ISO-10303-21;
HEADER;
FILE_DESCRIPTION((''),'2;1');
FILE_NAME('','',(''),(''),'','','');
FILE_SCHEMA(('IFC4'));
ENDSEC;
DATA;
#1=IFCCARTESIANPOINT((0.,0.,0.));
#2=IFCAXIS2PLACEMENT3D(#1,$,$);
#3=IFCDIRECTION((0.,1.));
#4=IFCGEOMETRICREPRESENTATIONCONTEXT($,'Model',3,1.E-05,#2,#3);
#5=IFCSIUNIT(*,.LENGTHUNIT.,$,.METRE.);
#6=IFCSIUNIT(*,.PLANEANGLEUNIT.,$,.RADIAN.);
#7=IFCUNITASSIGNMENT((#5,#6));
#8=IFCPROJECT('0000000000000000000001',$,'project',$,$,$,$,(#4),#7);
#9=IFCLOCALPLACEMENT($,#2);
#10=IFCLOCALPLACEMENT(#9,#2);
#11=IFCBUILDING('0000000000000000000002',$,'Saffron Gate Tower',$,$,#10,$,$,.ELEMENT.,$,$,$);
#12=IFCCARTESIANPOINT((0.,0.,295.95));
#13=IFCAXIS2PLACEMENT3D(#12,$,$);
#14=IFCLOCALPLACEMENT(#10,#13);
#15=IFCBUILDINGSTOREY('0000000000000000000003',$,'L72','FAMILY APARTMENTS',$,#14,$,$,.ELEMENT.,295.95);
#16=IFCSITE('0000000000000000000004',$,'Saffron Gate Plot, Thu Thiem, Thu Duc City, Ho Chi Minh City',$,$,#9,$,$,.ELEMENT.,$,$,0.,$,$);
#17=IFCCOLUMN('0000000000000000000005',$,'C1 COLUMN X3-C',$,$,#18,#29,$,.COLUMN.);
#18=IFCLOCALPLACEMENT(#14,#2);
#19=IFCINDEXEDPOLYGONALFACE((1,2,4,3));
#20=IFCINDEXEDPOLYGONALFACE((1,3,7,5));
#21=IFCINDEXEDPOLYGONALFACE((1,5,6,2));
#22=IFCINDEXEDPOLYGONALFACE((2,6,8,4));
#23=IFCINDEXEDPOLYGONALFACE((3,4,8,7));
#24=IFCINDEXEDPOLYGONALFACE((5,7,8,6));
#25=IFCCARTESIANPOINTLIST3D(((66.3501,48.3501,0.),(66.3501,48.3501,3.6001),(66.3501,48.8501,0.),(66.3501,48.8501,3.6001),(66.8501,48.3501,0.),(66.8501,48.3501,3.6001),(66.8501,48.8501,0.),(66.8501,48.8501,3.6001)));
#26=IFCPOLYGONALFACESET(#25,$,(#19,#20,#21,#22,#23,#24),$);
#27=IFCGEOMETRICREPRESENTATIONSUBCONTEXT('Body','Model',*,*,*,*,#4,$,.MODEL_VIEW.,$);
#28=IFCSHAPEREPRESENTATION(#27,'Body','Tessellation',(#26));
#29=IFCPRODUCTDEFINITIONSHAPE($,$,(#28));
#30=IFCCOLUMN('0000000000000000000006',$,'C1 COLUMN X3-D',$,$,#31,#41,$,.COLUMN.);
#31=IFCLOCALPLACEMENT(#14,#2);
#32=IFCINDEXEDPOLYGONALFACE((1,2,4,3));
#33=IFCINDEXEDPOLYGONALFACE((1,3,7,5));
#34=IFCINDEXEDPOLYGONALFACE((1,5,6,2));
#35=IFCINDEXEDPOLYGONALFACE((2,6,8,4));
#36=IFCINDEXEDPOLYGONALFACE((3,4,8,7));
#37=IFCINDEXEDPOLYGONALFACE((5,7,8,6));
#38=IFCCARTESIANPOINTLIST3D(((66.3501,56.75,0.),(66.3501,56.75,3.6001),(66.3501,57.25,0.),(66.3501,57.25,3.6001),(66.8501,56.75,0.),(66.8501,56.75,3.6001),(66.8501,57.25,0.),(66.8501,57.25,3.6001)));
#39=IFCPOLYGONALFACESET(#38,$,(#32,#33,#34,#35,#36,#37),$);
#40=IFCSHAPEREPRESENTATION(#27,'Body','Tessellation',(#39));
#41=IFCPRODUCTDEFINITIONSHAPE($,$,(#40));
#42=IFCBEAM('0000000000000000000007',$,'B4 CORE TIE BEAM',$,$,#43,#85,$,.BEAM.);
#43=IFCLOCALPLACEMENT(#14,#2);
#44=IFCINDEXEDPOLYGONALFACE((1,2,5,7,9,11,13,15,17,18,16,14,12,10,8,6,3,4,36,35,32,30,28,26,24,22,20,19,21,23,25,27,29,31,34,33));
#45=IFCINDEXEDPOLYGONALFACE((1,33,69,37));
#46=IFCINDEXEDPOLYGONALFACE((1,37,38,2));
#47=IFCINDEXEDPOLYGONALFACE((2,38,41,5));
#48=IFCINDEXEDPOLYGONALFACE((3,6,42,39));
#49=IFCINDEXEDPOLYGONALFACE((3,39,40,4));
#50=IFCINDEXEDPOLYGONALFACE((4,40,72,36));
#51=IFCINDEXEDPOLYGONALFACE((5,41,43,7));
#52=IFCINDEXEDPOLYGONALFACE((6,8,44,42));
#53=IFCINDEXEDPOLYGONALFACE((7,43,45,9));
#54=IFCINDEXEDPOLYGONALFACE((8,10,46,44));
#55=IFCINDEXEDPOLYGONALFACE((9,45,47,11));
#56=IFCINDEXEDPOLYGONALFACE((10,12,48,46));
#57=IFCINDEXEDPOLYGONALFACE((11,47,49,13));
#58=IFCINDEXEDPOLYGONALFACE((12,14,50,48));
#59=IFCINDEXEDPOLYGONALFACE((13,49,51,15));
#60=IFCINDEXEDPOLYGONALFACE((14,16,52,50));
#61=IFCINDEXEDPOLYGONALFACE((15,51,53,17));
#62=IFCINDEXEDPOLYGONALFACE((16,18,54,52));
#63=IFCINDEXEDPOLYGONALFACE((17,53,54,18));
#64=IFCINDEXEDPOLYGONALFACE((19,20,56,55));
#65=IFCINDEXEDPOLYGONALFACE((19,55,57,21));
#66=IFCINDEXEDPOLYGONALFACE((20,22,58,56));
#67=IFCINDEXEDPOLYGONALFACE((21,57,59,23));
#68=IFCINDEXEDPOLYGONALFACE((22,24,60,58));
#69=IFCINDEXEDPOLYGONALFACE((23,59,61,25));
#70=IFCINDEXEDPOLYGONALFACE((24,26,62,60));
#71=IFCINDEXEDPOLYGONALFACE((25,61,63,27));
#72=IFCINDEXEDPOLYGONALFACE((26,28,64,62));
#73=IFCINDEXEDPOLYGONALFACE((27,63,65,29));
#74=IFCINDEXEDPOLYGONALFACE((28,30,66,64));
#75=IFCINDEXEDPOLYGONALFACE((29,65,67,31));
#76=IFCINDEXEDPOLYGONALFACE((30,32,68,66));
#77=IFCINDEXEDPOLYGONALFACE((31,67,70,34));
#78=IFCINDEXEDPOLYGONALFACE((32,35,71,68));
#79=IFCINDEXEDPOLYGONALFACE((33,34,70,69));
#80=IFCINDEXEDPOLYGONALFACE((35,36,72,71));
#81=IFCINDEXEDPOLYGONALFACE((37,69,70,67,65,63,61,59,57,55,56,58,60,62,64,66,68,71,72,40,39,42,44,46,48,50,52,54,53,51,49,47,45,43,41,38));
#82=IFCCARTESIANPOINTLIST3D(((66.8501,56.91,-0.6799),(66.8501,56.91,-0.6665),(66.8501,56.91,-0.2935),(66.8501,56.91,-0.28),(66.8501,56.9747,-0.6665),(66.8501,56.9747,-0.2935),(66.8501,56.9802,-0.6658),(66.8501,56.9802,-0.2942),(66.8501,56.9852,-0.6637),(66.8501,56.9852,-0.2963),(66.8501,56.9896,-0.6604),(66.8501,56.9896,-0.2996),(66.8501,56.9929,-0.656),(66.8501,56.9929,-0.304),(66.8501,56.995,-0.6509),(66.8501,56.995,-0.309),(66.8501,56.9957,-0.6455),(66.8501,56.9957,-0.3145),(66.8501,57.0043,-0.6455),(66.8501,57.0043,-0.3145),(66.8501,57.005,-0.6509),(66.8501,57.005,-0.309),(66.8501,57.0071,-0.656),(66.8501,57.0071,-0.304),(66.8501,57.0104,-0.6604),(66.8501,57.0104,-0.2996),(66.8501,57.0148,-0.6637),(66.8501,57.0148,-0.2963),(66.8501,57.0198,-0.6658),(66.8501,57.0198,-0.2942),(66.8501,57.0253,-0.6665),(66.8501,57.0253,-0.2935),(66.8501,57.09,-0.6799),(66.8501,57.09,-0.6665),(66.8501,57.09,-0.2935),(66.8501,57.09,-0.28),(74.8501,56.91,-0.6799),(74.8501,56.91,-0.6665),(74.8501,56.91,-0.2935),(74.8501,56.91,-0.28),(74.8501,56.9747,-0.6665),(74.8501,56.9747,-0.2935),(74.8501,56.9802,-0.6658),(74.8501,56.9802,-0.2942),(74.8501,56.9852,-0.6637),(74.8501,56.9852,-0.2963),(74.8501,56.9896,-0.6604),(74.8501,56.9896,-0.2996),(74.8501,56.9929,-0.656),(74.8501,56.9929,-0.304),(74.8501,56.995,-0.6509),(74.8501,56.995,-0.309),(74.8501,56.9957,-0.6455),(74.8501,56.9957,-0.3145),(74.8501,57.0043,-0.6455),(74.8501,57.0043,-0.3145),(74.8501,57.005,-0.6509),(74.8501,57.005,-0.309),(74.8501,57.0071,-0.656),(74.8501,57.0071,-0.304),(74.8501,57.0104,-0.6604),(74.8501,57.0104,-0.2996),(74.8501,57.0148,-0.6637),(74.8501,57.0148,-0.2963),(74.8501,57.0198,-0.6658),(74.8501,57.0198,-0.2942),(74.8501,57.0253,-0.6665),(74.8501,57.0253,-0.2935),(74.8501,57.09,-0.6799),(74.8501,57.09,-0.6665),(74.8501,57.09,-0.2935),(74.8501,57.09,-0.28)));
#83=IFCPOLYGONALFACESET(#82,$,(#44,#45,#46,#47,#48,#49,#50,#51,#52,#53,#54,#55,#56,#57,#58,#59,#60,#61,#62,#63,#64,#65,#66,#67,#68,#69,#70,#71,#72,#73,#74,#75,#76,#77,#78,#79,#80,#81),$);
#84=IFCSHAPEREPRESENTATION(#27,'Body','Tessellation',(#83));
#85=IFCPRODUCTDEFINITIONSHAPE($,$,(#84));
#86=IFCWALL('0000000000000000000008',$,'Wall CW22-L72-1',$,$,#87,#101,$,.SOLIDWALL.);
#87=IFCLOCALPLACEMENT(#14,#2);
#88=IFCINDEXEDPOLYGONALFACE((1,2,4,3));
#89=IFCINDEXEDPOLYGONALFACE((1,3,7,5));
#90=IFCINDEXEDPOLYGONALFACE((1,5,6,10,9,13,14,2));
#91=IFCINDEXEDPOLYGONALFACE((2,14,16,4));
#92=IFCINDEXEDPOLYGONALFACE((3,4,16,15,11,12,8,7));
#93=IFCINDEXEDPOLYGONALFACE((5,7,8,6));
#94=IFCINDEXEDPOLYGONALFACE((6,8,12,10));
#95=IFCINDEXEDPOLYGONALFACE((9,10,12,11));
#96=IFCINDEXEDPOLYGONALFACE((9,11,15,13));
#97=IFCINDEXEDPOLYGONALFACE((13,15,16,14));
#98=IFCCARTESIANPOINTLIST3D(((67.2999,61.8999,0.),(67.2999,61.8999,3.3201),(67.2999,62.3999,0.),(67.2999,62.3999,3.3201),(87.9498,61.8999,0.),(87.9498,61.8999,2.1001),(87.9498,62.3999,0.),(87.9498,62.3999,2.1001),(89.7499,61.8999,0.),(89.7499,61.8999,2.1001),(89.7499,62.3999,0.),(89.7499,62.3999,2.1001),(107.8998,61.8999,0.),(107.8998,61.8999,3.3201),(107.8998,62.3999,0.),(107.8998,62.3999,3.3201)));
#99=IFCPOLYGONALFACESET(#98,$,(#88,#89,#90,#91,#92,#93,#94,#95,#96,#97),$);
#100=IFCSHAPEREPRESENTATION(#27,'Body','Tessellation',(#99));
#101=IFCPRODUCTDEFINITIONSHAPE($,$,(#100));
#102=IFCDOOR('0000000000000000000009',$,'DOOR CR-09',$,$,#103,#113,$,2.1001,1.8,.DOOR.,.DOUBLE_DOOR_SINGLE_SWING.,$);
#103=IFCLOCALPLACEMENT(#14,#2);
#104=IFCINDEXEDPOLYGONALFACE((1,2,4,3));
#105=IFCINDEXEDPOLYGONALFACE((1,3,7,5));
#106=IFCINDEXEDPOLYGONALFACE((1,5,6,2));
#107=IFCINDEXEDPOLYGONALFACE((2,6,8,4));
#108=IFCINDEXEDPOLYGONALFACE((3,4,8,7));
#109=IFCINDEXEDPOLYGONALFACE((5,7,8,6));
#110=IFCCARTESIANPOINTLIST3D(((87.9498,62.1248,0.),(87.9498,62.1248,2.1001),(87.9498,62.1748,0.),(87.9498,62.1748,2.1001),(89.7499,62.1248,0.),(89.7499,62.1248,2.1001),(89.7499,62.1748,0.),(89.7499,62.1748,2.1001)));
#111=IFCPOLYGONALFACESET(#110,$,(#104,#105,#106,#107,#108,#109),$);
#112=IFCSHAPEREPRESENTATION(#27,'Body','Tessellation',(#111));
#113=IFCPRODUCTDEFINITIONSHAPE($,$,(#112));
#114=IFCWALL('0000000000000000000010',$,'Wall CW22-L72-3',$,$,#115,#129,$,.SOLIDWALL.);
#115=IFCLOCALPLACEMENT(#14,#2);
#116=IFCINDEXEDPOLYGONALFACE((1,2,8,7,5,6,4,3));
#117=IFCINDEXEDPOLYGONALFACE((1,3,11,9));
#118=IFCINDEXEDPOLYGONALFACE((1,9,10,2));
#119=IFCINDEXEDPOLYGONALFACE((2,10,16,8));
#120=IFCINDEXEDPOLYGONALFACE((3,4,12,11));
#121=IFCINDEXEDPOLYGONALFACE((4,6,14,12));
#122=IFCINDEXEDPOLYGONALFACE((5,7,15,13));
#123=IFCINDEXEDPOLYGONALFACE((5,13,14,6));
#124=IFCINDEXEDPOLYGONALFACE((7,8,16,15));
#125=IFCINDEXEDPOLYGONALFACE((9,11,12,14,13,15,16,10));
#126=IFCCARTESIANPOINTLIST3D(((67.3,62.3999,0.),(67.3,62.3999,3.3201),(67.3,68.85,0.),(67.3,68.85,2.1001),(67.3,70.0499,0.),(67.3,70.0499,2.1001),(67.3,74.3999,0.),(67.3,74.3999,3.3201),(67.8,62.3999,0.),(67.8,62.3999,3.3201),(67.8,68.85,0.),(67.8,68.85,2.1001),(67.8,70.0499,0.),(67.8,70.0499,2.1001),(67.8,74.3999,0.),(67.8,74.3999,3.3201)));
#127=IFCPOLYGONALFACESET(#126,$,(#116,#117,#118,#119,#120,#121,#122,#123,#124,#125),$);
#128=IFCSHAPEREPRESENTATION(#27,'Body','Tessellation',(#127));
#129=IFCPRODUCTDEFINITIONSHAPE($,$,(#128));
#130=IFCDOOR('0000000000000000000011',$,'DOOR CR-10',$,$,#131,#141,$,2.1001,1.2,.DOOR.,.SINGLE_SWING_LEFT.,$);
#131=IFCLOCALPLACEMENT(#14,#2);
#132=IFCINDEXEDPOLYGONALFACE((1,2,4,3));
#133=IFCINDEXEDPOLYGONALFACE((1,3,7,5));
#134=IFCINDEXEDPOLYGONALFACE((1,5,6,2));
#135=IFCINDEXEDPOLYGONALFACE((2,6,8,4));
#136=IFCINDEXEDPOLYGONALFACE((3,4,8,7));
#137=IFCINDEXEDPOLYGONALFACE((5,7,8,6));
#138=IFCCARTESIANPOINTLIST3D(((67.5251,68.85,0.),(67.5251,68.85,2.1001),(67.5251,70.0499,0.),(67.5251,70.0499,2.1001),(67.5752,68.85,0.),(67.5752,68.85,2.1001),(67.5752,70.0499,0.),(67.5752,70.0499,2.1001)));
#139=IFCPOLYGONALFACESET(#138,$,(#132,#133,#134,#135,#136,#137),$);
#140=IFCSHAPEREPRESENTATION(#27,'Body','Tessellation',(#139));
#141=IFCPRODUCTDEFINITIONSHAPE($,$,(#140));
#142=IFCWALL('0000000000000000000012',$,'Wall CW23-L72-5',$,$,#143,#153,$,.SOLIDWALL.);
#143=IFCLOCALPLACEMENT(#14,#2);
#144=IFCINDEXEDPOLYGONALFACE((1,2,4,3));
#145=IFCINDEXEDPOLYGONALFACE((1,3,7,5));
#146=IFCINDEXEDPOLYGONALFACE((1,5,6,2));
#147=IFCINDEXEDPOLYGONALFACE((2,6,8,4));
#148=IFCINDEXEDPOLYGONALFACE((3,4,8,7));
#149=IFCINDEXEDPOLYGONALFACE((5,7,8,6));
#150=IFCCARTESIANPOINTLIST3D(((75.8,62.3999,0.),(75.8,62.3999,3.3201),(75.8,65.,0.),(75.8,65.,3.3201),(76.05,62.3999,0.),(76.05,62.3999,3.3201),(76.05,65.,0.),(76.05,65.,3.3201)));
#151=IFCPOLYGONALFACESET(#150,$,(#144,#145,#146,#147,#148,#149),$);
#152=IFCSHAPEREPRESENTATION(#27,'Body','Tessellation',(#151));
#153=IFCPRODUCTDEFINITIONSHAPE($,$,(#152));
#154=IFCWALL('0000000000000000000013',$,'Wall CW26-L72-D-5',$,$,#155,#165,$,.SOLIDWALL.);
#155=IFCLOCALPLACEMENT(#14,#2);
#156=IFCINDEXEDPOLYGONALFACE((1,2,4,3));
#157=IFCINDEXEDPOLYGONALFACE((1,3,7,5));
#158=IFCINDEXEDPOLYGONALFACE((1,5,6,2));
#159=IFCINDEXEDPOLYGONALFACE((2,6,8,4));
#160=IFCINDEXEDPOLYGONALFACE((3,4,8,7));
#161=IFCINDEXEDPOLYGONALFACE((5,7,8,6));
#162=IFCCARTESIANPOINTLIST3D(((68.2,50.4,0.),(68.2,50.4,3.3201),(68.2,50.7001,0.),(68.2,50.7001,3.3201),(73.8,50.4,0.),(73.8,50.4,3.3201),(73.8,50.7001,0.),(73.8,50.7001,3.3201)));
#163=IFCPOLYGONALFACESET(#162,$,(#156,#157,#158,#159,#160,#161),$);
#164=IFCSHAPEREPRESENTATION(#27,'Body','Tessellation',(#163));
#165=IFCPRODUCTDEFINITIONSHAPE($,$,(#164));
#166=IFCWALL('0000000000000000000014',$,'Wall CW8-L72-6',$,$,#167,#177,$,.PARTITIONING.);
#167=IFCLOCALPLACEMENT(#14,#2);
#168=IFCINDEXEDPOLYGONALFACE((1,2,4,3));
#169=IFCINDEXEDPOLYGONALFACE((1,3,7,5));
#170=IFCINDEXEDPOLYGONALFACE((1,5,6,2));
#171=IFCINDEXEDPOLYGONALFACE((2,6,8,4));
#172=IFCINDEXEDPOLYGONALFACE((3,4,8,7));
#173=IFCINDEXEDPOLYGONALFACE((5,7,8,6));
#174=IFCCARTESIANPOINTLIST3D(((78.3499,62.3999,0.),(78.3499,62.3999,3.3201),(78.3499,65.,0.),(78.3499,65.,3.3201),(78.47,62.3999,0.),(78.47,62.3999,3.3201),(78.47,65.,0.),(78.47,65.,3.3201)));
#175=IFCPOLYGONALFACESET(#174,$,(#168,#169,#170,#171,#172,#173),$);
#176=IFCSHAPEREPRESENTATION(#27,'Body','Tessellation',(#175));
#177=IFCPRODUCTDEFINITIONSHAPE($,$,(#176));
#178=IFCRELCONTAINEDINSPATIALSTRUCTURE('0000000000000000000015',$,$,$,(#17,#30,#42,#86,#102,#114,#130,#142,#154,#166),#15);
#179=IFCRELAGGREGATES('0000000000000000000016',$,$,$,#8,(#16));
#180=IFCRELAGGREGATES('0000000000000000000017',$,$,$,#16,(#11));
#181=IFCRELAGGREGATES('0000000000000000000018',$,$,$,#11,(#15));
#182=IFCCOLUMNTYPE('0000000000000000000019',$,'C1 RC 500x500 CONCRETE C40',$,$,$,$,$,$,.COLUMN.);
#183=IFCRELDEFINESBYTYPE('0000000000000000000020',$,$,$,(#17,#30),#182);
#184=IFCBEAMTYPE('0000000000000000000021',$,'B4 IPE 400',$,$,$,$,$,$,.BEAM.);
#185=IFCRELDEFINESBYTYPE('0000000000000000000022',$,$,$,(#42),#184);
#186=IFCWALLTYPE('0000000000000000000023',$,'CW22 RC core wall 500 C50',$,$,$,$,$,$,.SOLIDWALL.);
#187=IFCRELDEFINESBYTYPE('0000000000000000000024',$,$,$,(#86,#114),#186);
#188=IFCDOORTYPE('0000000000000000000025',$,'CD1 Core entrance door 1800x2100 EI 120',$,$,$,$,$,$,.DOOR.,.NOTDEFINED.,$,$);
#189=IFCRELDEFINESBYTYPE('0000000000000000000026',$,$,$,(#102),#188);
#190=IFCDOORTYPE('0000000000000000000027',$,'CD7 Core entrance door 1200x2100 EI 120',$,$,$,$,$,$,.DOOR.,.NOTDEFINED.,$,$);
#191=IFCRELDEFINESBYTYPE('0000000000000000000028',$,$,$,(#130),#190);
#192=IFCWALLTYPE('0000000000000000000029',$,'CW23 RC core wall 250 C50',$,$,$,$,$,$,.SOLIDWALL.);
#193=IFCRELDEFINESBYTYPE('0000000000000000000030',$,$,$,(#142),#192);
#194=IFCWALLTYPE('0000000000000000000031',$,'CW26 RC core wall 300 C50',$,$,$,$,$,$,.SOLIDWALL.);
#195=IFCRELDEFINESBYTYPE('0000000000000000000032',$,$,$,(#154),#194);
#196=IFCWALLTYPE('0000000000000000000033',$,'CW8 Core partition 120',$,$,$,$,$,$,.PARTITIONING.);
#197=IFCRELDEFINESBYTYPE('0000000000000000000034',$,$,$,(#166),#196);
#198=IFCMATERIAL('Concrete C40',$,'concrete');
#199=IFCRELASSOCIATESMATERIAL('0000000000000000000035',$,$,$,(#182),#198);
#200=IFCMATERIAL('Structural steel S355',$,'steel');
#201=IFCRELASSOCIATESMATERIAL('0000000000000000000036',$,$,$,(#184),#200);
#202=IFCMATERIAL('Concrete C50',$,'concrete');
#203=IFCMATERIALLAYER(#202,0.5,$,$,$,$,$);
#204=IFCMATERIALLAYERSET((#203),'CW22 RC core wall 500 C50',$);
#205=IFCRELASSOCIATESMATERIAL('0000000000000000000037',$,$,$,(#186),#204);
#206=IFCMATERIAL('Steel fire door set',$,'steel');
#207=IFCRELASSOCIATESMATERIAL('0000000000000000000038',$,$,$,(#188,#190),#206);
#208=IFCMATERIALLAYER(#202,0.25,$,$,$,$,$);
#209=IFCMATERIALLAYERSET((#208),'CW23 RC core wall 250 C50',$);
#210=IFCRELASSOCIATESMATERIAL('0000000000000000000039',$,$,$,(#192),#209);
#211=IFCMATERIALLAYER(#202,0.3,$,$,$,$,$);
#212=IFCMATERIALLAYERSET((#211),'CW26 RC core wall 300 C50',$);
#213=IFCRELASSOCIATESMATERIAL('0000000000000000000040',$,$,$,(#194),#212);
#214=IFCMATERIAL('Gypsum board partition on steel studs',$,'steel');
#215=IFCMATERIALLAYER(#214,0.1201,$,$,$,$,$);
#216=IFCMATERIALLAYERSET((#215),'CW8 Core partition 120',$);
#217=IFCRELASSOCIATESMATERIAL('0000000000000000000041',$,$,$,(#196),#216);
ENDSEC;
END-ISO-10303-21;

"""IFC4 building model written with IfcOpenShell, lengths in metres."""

from ifc_helpers import new_model, si_unit, direction, frame, frame_2d, origin, origin_2d, place, context, subcontext, project, spatial, rectangle, i_section, extrude, material, layer, layer_set, material_profile, profile_set, type_object, element, fill, save


model = new_model("IFC4")

# Units and contexts
model_context = context("Model", 3, precision=1e-05, world=origin(), true_north=direction((0.0, 1.0)))
body_context = subcontext(model_context, "Body", "Model", "MODEL_VIEW")
ifc_project = project(units=[si_unit("LENGTHUNIT", "METRE"), si_unit("PLANEANGLEUNIT", "RADIAN")], contexts=[model_context])

# Site, building, storey
site_placement = place(None, origin())
site = spatial("IfcSite", under=ifc_project, at=site_placement, Name="Saffron Gate Plot, Thu Thiem, Thu Duc City, Ho Chi Minh City", CompositionType="ELEMENT", RefElevation=0.0)
building_placement = place(site_placement, origin())
building = spatial("IfcBuilding", under=site, at=building_placement, Name="Saffron Gate Tower", CompositionType="ELEMENT")
storey_placement = place(building_placement, frame((0.0, 0.0, 295.95)))
storey = spatial("IfcBuildingStorey", under=building, at=storey_placement, Name="L72", Description="FAMILY APARTMENTS", CompositionType="ELEMENT", Elevation=295.95)

# Columns
ifc_material_1 = material(Name="Concrete C40", Category="concrete")
ifc_material_profile_1 = material_profile(ifc_material_1, rectangle(XDim=0.5, YDim=0.5, at=origin_2d()))
ifc_profile_set_1 = profile_set([ifc_material_profile_1], Name="Concrete C40")
column_type = type_object("IfcColumnType", Name="C1 RC 500x500 CONCRETE C40", PredefinedType="COLUMN", material=ifc_profile_set_1)
for number, where, z_axis, x_axis, name in (
    (1, (66.6001, 48.6001, 0.0), (0.0, 0.0, 1.0), (1.0, 0.0, 0.0), "C1 COLUMN X3-C"),
    (2, (66.6001, 57.0, 0.0), (0.0, 0.0, 1.0), (1.0, 0.0, 0.0), "C1 COLUMN X3-D"),
):
    element("IfcColumn", number, at=place(storey_placement, frame(where, z_axis=z_axis, x_axis=x_axis)), inside=storey, type_object=column_type, Name=name, PredefinedType="COLUMN", context=body_context, shape_type="SweptSolid", body=[
        extrude(rectangle(XDim=0.5, YDim=0.5, at=origin_2d()), origin(), (0.0, 0.0, 1.0), 3.6001),
    ])

# Beam
ifc_material_2 = material(Name="Structural steel S355", Category="steel")
ifc_material_profile_2 = material_profile(ifc_material_2, i_section(OverallWidth=0.1799, OverallDepth=0.3999, WebThickness=0.0085, FlangeThickness=0.0134, FilletRadius=0.021, at=origin_2d()))
ifc_profile_set_2 = profile_set([ifc_material_profile_2], Name="Structural steel S355")
beam_type = type_object("IfcBeamType", Name="B4 IPE 400", PredefinedType="BEAM", material=ifc_profile_set_2)
beam_placement = place(storey_placement, frame((66.8501, 57.0, -0.48), z_axis=(1.0, 0.0, 0.0), x_axis=(0.0, 1.0, 0.0)))
element("IfcBeam", 3, at=beam_placement, inside=storey, type_object=beam_type, Name="B4 CORE TIE BEAM", PredefinedType="BEAM", context=body_context, shape_type="SweptSolid", body=[
    extrude(i_section(OverallWidth=0.1799, OverallDepth=0.3999, WebThickness=0.0085, FlangeThickness=0.0134, FilletRadius=0.021, at=origin_2d()), origin(), (0.0, 0.0, 1.0), 8.0),
])

# Walls, openings, doors
ifc_material_3 = material(Name="Concrete C50", Category="concrete")
ifc_layer_1 = layer(ifc_material_3, 0.5)
ifc_layer_set_1 = layer_set([ifc_layer_1], Name="CW22 RC core wall 500 C50")
wall_type_1 = type_object("IfcWallType", Name="CW22 RC core wall 500 C50", PredefinedType="SOLIDWALL", material=ifc_layer_set_1)
wall_1_placement = place(storey_placement, frame((67.3, 62.1499, 0.0), z_axis=(0.0, 0.0, 1.0), x_axis=(1.0, 0.0, 0.0)))
wall_1 = element("IfcWall", 4, at=wall_1_placement, inside=storey, type_object=wall_type_1, Name="Wall CW22-L72-1", PredefinedType="SOLIDWALL", context=body_context, shape_type="SweptSolid", body=[
    extrude(rectangle(XDim=40.5999, YDim=0.5, at=frame_2d((20.2998, 0.0))), origin(), (0.0, 0.0, 1.0), 3.3201),
])
opening_1_placement = place(wall_1_placement, frame((20.6499, 0.0, 0.0)))
opening_1 = element("IfcOpeningElement", 5, at=opening_1_placement, cuts=wall_1, PredefinedType="OPENING", context=body_context, shape_type="SweptSolid", body=[
    extrude(rectangle(XDim=1.8, YDim=2.1001, at=frame_2d((0.8999, 1.05))), frame((0.0, 0.26, 0.0), z_axis=(0.0, -1.0, 0.0), x_axis=(1.0, 0.0, 0.0)), (0.0, 0.0, 1.0), 0.52),
])
ifc_material_4 = material(Name="Steel fire door set", Category="steel")
door_type_1 = type_object("IfcDoorType", Name="CD1 Core entrance door 1800x2100 EI 120", OperationType="NOTDEFINED", PredefinedType="DOOR", material=ifc_material_4)
door_1_placement = place(opening_1_placement, origin())
door_1 = element("IfcDoor", 6, at=door_1_placement, inside=storey, type_object=door_type_1, Name="DOOR CR-09", OperationType="DOUBLE_DOOR_SINGLE_SWING", OverallHeight=2.1001, OverallWidth=1.8, PredefinedType="DOOR", context=body_context, shape_type="SweptSolid", body=[
    extrude(rectangle(XDim=1.8, YDim=2.1001, at=frame_2d((0.8999, 1.05))), frame((0.0, 0.0249, 0.0), z_axis=(0.0, -1.0, 0.0), x_axis=(1.0, 0.0, 0.0)), (0.0, 0.0, 1.0), 0.05),
])
fill(opening_1, door_1)
wall_2_placement = place(storey_placement, frame((67.55, 62.3999, 0.0), z_axis=(0.0, 0.0, 1.0), x_axis=(0.0, 1.0, 0.0)))
wall_2 = element("IfcWall", 7, at=wall_2_placement, inside=storey, type_object=wall_type_1, Name="Wall CW22-L72-3", PredefinedType="SOLIDWALL", context=body_context, shape_type="SweptSolid", body=[
    extrude(rectangle(XDim=12.0, YDim=0.5, at=frame_2d((6.0, 0.0))), origin(), (0.0, 0.0, 1.0), 3.3201),
])
opening_2_placement = place(wall_2_placement, frame((6.45, 0.0, 0.0)))
opening_2 = element("IfcOpeningElement", 8, at=opening_2_placement, cuts=wall_2, PredefinedType="OPENING", context=body_context, shape_type="SweptSolid", body=[
    extrude(rectangle(XDim=1.2, YDim=2.1001, at=frame_2d((0.6001, 1.05))), frame((0.0, 0.26, 0.0), z_axis=(0.0, -1.0, 0.0), x_axis=(1.0, 0.0, 0.0)), (0.0, 0.0, 1.0), 0.52),
])
door_type_2 = type_object("IfcDoorType", Name="CD7 Core entrance door 1200x2100 EI 120", OperationType="NOTDEFINED", PredefinedType="DOOR", material=ifc_material_4)
door_2_placement = place(opening_2_placement, origin())
door_2 = element("IfcDoor", 9, at=door_2_placement, inside=storey, type_object=door_type_2, Name="DOOR CR-10", OperationType="SINGLE_SWING_LEFT", OverallHeight=2.1001, OverallWidth=1.2, PredefinedType="DOOR", context=body_context, shape_type="SweptSolid", body=[
    extrude(rectangle(XDim=1.2, YDim=2.1001, at=frame_2d((0.6001, 1.05))), frame((0.0, 0.0249, 0.0), z_axis=(0.0, -1.0, 0.0), x_axis=(1.0, 0.0, 0.0)), (0.0, 0.0, 1.0), 0.05),
])
fill(opening_2, door_2)

# Walls
ifc_layer_2 = layer(ifc_material_3, 0.25)
ifc_layer_set_2 = layer_set([ifc_layer_2], Name="CW23 RC core wall 250 C50")
wall_type_2 = type_object("IfcWallType", Name="CW23 RC core wall 250 C50", PredefinedType="SOLIDWALL", material=ifc_layer_set_2)
wall_3_placement = place(storey_placement, frame((75.925, 62.3999, 0.0), z_axis=(0.0, 0.0, 1.0), x_axis=(0.0, 1.0, 0.0)))
element("IfcWall", 10, at=wall_3_placement, inside=storey, type_object=wall_type_2, Name="Wall CW23-L72-5", PredefinedType="SOLIDWALL", context=body_context, shape_type="SweptSolid", body=[
    extrude(rectangle(XDim=2.6001, YDim=0.25, at=frame_2d((1.3, 0.0))), origin(), (0.0, 0.0, 1.0), 3.3201),
])
ifc_layer_3 = layer(ifc_material_3, 0.3)
ifc_layer_set_3 = layer_set([ifc_layer_3], Name="CW26 RC core wall 300 C50")
wall_type_3 = type_object("IfcWallType", Name="CW26 RC core wall 300 C50", PredefinedType="SOLIDWALL", material=ifc_layer_set_3)
wall_4_placement = place(storey_placement, frame((68.2, 50.55, 0.0), z_axis=(0.0, 0.0, 1.0), x_axis=(1.0, 0.0, 0.0)))
element("IfcWall", 11, at=wall_4_placement, inside=storey, type_object=wall_type_3, Name="Wall CW26-L72-D-5", PredefinedType="SOLIDWALL", context=body_context, shape_type="SweptSolid", body=[
    extrude(rectangle(XDim=5.6001, YDim=0.3, at=frame_2d((2.8, 0.0))), origin(), (0.0, 0.0, 1.0), 3.3201),
])
ifc_material_5 = material(Name="Gypsum board partition on steel studs", Category="steel")
ifc_layer_4 = layer(ifc_material_5, 0.1201)
ifc_layer_set_4 = layer_set([ifc_layer_4], Name="CW8 Core partition 120")
wall_type_4 = type_object("IfcWallType", Name="CW8 Core partition 120", PredefinedType="PARTITIONING", material=ifc_layer_set_4)
for number, where, z_axis, x_axis, name in (
    (12, (78.4099, 62.3999, 0.0), (0.0, 0.0, 1.0), (0.0, 1.0, 0.0), "Wall CW8-L72-6"),
):
    element("IfcWall", number, at=place(storey_placement, frame(where, z_axis=z_axis, x_axis=x_axis)), inside=storey, type_object=wall_type_4, Name=name, PredefinedType="PARTITIONING", context=body_context, shape_type="SweptSolid", body=[
        extrude(rectangle(XDim=2.6001, YDim=0.1201, at=frame_2d((1.3, 0.0))), origin(), (0.0, 0.0, 1.0), 3.3201),
    ])

save(model, "model.ifc")
